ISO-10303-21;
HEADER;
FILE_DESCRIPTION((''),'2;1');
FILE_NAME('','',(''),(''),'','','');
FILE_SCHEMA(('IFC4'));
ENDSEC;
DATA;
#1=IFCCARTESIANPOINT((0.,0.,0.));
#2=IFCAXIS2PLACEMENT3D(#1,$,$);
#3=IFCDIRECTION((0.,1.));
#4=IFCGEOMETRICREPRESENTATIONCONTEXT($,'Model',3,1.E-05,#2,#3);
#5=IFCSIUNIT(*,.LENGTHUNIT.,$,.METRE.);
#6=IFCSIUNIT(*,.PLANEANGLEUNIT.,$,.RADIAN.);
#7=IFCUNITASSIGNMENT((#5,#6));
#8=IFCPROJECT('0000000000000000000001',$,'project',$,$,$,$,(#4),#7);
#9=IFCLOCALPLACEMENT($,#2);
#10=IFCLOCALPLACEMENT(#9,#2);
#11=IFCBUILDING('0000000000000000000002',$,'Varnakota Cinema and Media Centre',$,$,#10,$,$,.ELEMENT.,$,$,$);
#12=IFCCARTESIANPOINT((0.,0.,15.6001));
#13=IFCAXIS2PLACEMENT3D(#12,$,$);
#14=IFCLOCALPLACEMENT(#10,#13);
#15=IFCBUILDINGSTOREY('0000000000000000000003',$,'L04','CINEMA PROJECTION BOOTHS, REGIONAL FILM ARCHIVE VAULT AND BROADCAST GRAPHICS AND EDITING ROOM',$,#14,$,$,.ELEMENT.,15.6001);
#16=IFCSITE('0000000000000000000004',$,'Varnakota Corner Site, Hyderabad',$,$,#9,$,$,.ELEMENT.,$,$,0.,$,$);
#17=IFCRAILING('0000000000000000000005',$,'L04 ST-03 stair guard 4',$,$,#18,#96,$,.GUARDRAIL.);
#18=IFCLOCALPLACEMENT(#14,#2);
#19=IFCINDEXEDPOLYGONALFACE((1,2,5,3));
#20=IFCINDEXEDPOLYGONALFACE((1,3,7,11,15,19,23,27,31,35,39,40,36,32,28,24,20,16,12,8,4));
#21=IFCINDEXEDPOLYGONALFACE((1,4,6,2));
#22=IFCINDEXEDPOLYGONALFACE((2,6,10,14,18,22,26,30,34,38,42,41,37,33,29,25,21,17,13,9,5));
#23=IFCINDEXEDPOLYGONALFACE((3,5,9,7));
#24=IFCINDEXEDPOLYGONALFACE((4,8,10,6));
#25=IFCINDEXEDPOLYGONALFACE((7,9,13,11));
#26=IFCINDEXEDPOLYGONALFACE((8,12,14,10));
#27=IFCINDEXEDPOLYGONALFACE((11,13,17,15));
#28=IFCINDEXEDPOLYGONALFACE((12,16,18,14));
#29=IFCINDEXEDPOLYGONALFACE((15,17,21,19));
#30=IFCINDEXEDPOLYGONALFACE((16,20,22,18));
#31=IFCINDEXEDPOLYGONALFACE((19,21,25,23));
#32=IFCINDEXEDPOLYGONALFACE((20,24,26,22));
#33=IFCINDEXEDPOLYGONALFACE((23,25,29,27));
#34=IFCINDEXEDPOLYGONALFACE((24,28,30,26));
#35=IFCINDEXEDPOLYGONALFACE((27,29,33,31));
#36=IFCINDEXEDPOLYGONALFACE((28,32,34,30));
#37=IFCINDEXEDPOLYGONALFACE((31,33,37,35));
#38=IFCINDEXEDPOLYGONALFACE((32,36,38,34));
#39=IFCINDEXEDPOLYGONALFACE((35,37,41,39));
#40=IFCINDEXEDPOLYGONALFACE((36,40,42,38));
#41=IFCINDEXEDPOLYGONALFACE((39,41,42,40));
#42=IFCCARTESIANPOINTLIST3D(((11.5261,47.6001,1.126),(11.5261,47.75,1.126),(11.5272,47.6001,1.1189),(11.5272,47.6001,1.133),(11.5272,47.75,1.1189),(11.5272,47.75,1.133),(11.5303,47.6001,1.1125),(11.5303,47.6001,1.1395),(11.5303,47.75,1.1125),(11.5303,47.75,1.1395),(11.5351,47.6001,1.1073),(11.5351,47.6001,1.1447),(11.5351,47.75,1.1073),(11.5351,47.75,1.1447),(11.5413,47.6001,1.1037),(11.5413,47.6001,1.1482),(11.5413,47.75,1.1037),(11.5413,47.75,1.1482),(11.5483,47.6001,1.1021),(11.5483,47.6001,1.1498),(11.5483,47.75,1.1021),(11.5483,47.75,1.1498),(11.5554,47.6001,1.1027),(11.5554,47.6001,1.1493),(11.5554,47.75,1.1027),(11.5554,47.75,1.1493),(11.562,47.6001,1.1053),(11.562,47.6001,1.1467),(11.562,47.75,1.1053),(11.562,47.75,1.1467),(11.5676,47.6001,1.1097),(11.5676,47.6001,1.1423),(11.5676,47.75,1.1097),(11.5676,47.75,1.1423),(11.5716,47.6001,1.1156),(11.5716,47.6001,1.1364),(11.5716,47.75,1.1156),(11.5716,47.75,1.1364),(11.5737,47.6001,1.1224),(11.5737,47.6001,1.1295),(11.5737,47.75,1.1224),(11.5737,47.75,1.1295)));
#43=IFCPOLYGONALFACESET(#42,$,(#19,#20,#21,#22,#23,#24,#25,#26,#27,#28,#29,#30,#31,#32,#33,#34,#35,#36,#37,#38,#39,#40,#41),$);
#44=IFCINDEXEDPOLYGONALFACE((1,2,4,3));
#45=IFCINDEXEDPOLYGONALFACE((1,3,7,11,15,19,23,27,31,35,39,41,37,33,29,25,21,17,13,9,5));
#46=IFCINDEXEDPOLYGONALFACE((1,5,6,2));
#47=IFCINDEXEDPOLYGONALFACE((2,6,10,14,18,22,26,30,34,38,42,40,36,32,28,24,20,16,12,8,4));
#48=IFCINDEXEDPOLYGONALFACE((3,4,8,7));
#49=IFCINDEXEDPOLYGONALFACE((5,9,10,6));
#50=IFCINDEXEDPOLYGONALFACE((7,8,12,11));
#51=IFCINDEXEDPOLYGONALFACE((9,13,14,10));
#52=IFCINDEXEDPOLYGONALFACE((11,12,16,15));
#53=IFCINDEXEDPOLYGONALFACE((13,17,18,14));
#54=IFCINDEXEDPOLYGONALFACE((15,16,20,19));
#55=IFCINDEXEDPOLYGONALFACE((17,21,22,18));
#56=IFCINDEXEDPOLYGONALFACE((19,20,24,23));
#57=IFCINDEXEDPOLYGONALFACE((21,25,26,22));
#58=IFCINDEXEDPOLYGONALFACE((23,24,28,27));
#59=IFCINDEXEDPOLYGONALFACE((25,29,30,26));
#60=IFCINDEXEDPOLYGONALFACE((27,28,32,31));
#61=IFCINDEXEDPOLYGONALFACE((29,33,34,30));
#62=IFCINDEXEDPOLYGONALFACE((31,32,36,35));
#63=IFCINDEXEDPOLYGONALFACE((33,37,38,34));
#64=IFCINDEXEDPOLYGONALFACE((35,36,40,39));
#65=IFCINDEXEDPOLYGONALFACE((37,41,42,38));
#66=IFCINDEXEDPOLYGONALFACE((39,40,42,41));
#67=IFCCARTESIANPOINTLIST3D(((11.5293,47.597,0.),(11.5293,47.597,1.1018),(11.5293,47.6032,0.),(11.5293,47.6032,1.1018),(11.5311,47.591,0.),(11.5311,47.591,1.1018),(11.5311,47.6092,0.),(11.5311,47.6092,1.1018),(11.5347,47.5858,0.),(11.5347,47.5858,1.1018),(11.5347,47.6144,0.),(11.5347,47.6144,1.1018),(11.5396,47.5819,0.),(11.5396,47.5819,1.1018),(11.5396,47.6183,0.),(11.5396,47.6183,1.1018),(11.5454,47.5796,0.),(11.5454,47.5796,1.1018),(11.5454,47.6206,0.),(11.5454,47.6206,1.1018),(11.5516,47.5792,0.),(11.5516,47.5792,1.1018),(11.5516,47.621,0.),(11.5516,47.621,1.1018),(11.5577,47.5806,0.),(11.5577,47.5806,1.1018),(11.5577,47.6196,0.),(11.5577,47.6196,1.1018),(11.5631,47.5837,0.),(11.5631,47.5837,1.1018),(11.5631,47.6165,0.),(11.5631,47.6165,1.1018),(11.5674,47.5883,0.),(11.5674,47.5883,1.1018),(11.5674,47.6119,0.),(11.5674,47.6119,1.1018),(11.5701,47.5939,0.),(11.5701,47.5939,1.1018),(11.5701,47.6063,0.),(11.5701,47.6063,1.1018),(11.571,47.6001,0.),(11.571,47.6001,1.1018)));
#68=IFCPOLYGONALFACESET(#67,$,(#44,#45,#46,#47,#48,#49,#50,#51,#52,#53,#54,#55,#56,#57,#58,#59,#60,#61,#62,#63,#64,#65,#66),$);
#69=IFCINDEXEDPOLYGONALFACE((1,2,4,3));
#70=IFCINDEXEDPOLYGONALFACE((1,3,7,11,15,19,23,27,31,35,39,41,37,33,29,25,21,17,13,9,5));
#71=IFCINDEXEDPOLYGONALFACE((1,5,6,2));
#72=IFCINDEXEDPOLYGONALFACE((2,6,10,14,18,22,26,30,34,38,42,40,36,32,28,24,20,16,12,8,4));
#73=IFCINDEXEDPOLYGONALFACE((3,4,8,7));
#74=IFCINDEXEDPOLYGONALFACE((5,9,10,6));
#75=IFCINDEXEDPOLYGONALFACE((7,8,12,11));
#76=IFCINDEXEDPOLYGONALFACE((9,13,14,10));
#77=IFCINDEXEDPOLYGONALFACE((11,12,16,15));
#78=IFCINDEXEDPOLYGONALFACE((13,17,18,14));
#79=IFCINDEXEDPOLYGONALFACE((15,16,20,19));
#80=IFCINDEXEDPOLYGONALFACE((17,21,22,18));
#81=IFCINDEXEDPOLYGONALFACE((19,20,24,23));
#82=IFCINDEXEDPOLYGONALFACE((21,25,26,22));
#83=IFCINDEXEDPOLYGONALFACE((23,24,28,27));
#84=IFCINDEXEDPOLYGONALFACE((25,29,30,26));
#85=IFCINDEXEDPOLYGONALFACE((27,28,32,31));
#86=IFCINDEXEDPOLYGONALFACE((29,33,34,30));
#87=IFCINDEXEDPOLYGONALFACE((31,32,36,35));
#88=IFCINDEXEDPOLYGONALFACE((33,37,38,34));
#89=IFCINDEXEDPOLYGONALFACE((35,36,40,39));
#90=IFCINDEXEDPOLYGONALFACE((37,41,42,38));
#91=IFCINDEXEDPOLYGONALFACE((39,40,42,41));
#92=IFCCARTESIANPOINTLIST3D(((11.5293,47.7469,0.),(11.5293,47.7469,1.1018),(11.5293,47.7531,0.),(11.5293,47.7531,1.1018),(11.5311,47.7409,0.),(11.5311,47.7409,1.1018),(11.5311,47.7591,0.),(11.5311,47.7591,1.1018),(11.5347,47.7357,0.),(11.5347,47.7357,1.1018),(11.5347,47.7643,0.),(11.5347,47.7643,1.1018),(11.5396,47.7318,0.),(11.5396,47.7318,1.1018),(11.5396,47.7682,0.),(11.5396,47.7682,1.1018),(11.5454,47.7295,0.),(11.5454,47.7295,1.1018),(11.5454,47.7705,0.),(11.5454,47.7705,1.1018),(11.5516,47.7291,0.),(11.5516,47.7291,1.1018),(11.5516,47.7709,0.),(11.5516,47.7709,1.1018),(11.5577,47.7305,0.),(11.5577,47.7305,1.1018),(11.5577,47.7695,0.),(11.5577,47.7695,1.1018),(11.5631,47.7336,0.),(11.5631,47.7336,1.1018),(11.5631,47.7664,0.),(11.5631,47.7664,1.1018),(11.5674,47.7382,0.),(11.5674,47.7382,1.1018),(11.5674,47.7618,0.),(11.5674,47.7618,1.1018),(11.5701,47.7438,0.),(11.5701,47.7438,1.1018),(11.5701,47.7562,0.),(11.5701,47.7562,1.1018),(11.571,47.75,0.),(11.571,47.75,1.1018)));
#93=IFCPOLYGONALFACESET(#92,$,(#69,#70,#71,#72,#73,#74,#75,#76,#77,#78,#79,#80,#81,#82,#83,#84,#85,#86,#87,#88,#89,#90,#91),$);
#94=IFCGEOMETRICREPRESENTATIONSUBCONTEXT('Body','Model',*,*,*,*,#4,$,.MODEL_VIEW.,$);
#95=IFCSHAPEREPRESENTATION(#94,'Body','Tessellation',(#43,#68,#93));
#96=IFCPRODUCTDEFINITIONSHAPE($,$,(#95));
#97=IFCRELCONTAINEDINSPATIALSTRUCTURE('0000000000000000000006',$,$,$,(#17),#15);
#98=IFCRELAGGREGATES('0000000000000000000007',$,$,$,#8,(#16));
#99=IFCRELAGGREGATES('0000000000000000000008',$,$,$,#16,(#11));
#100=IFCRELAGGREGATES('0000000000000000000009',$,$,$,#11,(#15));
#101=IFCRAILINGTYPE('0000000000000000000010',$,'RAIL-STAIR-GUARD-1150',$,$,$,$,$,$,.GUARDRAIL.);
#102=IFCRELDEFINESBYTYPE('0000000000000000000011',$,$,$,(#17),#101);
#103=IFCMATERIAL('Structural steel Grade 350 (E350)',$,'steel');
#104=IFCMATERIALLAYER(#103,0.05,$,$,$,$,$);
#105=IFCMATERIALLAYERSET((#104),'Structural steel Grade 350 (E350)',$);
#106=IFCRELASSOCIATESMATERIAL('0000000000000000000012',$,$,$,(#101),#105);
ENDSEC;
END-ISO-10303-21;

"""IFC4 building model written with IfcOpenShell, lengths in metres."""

from ifc_helpers import new_model, si_unit, direction, frame, origin, origin_2d, place, context, subcontext, project, spatial, circle, extrude, material, layer, layer_set, type_object, element, save


model = new_model("IFC4")

# Units and contexts
model_context = context("Model", 3, precision=1e-05, world=origin(), true_north=direction((0.0, 1.0)))
body_context = subcontext(model_context, "Body", "Model", "MODEL_VIEW")
ifc_project = project(units=[si_unit("LENGTHUNIT", "METRE"), si_unit("PLANEANGLEUNIT", "RADIAN")], contexts=[model_context])

# Site, building, storey
site_placement = place(None, origin())
site = spatial("IfcSite", under=ifc_project, at=site_placement, Name="Varnakota Corner Site, Hyderabad", CompositionType="ELEMENT", RefElevation=0.0)
building_placement = place(site_placement, origin())
building = spatial("IfcBuilding", under=site, at=building_placement, Name="Varnakota Cinema and Media Centre", CompositionType="ELEMENT")
storey_placement = place(building_placement, frame((0.0, 0.0, 15.6001)))
storey = spatial("IfcBuildingStorey", under=building, at=storey_placement, Name="L04", Description="CINEMA PROJECTION BOOTHS, REGIONAL FILM ARCHIVE VAULT AND BROADCAST GRAPHICS AND EDITING ROOM", CompositionType="ELEMENT", Elevation=15.6001)

# Railing
ifc_material_1 = material(Name="Structural steel Grade 350 (E350)", Category="steel")
ifc_layer_1 = layer(ifc_material_1, 0.05)
ifc_layer_set_1 = layer_set([ifc_layer_1], Name="Structural steel Grade 350 (E350)")
railing_type_1 = type_object("IfcRailingType", Name="RAIL-STAIR-GUARD-1150", PredefinedType="GUARDRAIL", material=ifc_layer_set_1)
railing_1_placement = place(storey_placement, frame((11.55, 47.6001, 0.0)))
element("IfcRailing", 1, at=railing_1_placement, inside=storey, type_object=railing_type_1, Name="L04 ST-03 stair guard 4", PredefinedType="GUARDRAIL", context=body_context, shape_type="SweptSolid", body=[
    extrude(circle(Radius=0.0239, at=origin_2d()), frame((0.0, 0.0, 1.126), z_axis=(0.0, 1.0, 0.0), x_axis=(-1.0, 0.0, 0.0)), (0.0, 0.0, 1.0), 0.1499),
    extrude(circle(Radius=0.021, at=origin_2d()), origin(), (0.0, 0.0, 1.0), 1.1018),
    extrude(circle(Radius=0.021, at=origin_2d()), frame((0.0, 0.1499, 0.0)), (0.0, 0.0, 1.0), 1.1018),
])

save(model, "model.ifc")
